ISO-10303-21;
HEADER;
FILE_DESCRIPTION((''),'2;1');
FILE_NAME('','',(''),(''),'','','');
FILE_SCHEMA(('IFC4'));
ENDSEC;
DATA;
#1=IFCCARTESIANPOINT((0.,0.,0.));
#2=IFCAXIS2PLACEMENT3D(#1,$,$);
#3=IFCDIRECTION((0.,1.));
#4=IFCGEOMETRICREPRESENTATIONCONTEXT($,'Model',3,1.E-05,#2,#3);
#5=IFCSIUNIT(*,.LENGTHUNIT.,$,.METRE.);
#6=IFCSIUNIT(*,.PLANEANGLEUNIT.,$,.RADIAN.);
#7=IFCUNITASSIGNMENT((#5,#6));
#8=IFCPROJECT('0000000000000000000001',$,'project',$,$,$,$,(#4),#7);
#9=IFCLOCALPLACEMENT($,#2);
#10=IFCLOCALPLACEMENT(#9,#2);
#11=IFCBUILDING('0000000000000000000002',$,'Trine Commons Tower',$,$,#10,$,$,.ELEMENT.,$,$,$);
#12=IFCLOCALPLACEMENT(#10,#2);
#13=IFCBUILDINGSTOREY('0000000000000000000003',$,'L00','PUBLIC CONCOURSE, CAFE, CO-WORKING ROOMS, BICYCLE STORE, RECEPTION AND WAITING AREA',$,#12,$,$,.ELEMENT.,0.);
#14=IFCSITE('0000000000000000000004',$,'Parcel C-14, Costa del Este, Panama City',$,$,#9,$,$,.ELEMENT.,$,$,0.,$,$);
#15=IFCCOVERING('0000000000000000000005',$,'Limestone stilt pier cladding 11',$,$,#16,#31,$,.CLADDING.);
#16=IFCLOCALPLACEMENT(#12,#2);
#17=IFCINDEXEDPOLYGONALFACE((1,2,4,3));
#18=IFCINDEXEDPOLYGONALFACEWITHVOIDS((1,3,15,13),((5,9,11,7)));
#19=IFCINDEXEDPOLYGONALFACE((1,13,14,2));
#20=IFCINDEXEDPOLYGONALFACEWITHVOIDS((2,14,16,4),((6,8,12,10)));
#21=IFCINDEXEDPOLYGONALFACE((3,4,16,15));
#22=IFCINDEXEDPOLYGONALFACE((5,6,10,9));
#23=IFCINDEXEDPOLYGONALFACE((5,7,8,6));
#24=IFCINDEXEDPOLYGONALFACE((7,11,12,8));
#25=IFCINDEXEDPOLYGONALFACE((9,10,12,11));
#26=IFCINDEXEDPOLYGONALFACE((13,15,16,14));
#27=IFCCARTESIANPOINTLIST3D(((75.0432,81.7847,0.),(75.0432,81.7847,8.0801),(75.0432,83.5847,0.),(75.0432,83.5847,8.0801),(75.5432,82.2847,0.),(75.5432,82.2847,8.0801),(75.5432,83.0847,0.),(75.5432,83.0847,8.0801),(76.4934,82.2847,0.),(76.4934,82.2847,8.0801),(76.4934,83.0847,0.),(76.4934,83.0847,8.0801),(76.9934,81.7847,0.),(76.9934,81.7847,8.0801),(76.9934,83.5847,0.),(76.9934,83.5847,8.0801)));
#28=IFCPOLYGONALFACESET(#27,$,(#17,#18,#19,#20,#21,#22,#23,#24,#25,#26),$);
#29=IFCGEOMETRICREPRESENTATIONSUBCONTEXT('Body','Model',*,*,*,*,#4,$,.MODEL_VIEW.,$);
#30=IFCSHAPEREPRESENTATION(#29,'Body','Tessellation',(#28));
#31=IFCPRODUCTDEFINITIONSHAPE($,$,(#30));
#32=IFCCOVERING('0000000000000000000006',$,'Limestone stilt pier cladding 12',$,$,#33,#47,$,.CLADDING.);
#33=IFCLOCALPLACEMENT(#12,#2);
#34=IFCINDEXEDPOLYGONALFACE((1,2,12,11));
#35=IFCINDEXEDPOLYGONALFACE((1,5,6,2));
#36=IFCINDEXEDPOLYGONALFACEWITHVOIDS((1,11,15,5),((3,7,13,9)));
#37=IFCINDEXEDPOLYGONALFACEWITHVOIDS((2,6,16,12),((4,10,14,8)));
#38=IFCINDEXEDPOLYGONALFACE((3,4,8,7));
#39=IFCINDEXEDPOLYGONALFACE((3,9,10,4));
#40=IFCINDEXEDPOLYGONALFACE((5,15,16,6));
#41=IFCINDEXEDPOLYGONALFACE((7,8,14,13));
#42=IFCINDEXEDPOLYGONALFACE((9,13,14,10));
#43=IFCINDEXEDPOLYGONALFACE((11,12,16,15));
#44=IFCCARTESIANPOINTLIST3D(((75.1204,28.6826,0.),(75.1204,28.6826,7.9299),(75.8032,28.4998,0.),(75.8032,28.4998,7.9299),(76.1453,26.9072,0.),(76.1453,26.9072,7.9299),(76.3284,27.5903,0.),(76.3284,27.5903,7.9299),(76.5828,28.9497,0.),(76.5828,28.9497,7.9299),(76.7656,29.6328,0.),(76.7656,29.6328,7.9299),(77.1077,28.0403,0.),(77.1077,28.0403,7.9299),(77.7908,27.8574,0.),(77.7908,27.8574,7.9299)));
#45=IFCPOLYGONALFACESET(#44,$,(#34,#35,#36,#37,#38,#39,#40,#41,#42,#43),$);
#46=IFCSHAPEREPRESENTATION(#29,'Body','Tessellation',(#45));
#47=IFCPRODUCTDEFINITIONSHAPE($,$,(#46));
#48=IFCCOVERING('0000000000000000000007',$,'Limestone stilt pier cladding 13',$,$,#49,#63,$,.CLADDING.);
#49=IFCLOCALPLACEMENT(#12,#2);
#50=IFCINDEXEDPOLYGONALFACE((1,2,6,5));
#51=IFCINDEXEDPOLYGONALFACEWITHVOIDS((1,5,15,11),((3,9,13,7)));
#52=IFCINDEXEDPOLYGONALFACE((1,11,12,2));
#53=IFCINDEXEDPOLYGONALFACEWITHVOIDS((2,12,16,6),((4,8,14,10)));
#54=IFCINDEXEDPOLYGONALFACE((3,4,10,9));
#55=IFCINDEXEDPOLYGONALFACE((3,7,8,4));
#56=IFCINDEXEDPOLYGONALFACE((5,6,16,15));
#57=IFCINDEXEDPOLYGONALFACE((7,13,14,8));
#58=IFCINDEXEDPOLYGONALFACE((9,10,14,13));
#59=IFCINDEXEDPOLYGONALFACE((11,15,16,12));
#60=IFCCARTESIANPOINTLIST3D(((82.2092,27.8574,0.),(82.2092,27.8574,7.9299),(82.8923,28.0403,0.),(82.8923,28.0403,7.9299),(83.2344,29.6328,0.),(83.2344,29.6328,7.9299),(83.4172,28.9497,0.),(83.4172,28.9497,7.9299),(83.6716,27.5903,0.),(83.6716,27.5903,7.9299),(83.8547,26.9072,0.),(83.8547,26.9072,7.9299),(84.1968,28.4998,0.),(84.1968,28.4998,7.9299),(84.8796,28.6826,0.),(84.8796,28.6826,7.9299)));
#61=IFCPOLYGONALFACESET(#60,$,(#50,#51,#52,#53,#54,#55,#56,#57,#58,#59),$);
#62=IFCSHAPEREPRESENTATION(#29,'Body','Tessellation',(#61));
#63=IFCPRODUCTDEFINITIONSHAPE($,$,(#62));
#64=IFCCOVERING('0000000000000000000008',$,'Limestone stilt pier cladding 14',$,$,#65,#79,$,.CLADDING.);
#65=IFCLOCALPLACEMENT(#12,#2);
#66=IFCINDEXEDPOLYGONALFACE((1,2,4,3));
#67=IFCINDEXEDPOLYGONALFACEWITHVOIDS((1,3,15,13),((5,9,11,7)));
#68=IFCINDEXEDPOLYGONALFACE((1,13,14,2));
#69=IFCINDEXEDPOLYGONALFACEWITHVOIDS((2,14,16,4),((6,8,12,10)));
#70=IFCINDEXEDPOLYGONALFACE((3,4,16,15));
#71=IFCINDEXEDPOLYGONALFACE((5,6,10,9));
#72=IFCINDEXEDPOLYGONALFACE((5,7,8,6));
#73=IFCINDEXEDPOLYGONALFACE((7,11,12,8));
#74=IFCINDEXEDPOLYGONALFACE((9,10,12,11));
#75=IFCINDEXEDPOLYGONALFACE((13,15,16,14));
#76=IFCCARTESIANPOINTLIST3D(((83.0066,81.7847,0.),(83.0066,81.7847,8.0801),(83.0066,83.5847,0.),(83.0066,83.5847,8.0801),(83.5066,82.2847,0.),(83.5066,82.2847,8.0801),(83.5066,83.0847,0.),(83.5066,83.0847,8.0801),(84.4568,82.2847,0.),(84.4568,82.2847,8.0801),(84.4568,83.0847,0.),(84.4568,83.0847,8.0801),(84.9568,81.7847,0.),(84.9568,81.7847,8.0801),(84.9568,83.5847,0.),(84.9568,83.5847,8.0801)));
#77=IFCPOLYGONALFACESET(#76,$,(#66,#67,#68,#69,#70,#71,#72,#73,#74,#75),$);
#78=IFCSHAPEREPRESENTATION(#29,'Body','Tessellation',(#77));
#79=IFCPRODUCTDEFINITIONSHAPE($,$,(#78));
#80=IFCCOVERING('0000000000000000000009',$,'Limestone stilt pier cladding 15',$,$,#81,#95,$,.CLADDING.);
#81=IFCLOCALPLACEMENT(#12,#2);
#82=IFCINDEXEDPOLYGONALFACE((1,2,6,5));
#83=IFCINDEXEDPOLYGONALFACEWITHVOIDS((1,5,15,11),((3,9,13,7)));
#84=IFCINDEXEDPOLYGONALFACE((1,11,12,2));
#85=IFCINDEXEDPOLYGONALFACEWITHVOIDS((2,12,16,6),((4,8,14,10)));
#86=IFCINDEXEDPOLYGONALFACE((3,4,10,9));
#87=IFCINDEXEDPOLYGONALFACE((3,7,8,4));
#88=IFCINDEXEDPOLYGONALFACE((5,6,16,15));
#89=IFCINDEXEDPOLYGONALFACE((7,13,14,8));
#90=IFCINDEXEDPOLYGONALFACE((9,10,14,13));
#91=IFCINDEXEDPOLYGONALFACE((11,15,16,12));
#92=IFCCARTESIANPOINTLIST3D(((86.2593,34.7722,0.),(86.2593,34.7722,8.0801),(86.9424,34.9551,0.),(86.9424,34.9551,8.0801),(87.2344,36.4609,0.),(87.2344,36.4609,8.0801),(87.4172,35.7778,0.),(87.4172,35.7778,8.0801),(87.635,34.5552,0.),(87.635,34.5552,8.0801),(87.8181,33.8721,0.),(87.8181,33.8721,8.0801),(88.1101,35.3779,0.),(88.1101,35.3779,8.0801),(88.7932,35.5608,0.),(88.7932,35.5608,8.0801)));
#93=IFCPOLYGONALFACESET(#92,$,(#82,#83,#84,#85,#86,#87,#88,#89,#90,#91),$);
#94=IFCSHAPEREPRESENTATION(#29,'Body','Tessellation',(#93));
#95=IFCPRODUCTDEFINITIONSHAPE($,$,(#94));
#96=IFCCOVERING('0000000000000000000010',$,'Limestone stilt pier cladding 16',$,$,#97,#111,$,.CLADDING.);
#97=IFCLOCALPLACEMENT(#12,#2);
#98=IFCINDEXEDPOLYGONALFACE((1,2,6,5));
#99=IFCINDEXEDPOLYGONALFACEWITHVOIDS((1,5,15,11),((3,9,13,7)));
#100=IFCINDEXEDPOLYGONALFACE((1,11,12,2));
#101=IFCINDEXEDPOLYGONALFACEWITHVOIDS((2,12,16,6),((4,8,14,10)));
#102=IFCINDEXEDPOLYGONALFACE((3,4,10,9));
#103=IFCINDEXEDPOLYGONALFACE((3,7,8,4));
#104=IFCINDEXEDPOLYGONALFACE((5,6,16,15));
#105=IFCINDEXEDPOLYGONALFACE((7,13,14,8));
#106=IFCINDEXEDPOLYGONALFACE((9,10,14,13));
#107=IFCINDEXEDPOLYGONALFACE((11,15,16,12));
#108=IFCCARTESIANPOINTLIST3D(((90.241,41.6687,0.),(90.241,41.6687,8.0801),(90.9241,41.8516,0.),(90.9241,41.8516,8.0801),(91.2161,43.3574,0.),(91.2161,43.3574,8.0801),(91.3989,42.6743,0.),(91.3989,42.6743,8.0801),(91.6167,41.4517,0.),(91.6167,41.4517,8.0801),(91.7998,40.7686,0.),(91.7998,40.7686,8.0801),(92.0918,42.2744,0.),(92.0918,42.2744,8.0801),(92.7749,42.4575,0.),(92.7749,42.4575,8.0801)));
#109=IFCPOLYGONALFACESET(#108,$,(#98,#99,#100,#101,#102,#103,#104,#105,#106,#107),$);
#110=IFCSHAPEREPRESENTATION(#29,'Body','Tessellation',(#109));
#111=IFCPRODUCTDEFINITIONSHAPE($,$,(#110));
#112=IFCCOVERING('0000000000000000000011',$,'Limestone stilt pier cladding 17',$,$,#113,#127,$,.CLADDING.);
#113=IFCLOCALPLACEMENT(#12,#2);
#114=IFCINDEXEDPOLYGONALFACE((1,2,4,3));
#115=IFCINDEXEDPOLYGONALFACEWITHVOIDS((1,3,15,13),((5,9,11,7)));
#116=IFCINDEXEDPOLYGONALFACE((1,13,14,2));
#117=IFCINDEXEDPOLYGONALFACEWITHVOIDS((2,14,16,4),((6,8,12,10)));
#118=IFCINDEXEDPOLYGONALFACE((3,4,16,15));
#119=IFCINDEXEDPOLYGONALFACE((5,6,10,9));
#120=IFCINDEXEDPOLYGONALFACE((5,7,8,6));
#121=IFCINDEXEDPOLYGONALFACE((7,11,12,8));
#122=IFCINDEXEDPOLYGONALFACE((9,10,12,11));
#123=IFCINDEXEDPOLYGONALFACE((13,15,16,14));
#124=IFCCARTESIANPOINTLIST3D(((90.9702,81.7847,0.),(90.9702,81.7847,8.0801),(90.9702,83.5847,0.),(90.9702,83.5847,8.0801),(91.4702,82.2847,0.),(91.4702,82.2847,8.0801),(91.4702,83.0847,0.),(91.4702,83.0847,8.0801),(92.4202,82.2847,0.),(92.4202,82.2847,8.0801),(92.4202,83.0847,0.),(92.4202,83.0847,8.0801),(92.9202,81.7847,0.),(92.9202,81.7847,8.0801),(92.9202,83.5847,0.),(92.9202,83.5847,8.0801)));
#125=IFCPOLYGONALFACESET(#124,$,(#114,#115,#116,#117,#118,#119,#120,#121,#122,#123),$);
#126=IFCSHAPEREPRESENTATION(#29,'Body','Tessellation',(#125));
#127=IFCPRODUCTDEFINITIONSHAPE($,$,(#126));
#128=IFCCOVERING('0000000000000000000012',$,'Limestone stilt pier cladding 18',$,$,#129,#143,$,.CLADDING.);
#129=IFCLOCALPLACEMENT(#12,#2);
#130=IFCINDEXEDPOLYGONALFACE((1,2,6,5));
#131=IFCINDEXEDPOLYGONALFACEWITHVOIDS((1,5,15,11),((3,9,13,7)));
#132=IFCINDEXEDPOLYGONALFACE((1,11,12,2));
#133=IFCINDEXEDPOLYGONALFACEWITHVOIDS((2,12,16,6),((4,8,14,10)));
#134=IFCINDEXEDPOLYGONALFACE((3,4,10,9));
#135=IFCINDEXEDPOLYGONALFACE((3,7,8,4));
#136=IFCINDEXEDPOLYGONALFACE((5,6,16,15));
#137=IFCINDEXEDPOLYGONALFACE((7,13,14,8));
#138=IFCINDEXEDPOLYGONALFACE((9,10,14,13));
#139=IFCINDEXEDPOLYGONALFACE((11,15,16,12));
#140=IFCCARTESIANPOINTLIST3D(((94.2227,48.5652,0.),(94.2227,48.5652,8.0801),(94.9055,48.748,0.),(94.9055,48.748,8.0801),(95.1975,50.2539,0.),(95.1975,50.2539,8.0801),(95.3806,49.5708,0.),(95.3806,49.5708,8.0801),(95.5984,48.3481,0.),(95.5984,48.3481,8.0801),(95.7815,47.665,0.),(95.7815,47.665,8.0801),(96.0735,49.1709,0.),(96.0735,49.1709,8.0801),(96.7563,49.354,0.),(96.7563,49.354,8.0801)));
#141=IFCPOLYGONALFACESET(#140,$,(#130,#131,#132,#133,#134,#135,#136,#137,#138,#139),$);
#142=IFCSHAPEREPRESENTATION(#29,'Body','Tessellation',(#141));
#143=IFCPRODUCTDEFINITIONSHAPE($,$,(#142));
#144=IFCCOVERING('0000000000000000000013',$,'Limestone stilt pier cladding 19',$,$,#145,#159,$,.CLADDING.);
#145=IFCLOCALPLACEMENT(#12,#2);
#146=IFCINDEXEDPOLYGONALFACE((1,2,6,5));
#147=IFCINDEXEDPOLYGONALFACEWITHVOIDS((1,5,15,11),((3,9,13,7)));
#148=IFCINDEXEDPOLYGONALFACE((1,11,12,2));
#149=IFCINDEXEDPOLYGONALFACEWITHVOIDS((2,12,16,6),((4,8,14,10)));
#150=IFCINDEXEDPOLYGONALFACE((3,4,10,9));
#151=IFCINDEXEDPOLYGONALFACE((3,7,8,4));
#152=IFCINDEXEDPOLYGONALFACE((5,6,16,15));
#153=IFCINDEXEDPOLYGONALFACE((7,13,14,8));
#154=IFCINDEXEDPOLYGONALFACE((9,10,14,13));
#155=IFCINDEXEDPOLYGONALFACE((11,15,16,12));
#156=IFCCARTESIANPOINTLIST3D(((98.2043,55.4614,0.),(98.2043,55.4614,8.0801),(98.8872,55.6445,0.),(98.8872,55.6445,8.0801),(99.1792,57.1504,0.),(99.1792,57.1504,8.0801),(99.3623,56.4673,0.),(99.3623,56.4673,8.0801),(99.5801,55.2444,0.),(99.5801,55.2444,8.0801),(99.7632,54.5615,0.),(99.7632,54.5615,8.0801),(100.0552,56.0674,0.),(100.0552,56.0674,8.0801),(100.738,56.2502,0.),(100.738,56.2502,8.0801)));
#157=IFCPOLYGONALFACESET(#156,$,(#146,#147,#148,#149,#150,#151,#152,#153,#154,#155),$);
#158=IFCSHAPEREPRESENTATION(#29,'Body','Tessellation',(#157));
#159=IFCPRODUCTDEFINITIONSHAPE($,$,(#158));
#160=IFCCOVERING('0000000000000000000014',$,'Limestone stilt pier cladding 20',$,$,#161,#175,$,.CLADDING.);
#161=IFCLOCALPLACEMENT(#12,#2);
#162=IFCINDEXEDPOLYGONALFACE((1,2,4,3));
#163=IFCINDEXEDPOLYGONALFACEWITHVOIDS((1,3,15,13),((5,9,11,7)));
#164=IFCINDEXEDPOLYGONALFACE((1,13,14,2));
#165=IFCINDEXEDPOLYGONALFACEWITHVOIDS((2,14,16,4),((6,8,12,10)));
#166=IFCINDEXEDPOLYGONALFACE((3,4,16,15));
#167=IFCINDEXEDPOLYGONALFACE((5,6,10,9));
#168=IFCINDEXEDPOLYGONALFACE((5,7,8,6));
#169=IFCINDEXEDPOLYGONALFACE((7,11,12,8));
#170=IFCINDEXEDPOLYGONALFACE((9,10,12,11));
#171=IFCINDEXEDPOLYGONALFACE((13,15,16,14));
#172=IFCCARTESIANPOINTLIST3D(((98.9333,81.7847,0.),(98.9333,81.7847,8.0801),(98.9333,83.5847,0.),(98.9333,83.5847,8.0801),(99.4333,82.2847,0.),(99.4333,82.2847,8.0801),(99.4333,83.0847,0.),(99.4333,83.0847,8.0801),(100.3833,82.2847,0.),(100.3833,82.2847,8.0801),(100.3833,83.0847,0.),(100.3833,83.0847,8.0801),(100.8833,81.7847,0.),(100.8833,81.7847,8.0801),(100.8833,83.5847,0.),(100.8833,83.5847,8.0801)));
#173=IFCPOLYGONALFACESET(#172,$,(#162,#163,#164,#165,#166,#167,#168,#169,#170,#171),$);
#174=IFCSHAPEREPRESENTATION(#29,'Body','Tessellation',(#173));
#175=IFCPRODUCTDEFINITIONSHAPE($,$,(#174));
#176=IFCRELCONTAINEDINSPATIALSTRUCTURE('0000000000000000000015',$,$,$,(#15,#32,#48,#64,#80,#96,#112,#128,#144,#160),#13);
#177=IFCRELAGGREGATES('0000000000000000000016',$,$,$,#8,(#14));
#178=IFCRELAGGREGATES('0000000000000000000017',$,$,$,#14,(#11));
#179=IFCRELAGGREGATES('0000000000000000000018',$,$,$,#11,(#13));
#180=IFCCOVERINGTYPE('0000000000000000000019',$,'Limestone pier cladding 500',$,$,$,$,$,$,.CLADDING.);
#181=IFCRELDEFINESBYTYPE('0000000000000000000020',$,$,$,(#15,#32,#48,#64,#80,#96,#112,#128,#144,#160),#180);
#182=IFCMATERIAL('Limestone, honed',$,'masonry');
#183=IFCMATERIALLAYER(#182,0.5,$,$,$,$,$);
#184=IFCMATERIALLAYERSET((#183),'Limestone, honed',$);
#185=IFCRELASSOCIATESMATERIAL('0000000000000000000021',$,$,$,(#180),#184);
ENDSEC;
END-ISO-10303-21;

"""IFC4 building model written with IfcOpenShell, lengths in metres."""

from ifc_helpers import new_model, si_unit, direction, origin, place, context, subcontext, project, spatial, polyline, outline, extrude, material, layer, layer_set, type_object, element, save


model = new_model("IFC4")

# Units and contexts
model_context = context("Model", 3, precision=1e-05, world=origin(), true_north=direction((0.0, 1.0)))
body_context = subcontext(model_context, "Body", "Model", "MODEL_VIEW")
ifc_project = project(units=[si_unit("LENGTHUNIT", "METRE"), si_unit("PLANEANGLEUNIT", "RADIAN")], contexts=[model_context])

# Site, building, storey
site_placement = place(None, origin())
site = spatial("IfcSite", under=ifc_project, at=site_placement, Name="Parcel C-14, Costa del Este, Panama City", CompositionType="ELEMENT", RefElevation=0.0)
building_placement = place(site_placement, origin())
building = spatial("IfcBuilding", under=site, at=building_placement, Name="Trine Commons Tower", CompositionType="ELEMENT")
storey_placement = place(building_placement, origin())
storey = spatial("IfcBuildingStorey", under=building, at=storey_placement, Name="L00", Description="PUBLIC CONCOURSE, CAFE, CO-WORKING ROOMS, BICYCLE STORE, RECEPTION AND WAITING AREA", CompositionType="ELEMENT", Elevation=0.0)

# Coverings
ifc_material_1 = material(Name="Limestone, honed", Category="masonry")
ifc_layer_1 = layer(ifc_material_1, 0.5)
ifc_layer_set_1 = layer_set([ifc_layer_1], Name="Limestone, honed")
covering_type = type_object("IfcCoveringType", Name="Limestone pier cladding 500", PredefinedType="CLADDING", material=ifc_layer_set_1)
covering_1_placement = place(storey_placement, origin())
element("IfcCovering", 1, at=covering_1_placement, inside=storey, type_object=covering_type, Name="Limestone stilt pier cladding 11", PredefinedType="CLADDING", context=body_context, shape_type="SweptSolid", body=[
    extrude(outline(polyline([(76.9934, 81.7847), (76.9934, 83.5847), (75.0432, 83.5847), (75.0432, 81.7847), (76.9934, 81.7847)]), holes=[polyline([(76.4934, 82.2847), (76.4934, 83.0847), (75.5432, 83.0847), (75.5432, 82.2847), (76.4934, 82.2847)])]), origin(), (0.0, 0.0, 1.0), 8.0801),
])
covering_2_placement = place(storey_placement, origin())
element("IfcCovering", 2, at=covering_2_placement, inside=storey, type_object=covering_type, Name="Limestone stilt pier cladding 12", PredefinedType="CLADDING", context=body_context, shape_type="SweptSolid", body=[
    extrude(outline(polyline([(76.7656, 29.6328), (75.1204, 28.6826), (76.1453, 26.9072), (77.7908, 27.8574), (76.7656, 29.6328)]), holes=[polyline([(76.5828, 28.9497), (75.8032, 28.4998), (76.3284, 27.5903), (77.1077, 28.0403), (76.5828, 28.9497)])]), origin(), (0.0, 0.0, 1.0), 7.9299),
])
covering_3_placement = place(storey_placement, origin())
element("IfcCovering", 3, at=covering_3_placement, inside=storey, type_object=covering_type, Name="Limestone stilt pier cladding 13", PredefinedType="CLADDING", context=body_context, shape_type="SweptSolid", body=[
    extrude(outline(polyline([(84.8796, 28.6826), (83.2344, 29.6328), (82.2092, 27.8574), (83.8547, 26.9072), (84.8796, 28.6826)]), holes=[polyline([(84.1968, 28.4998), (83.4172, 28.9497), (82.8923, 28.0403), (83.6716, 27.5903), (84.1968, 28.4998)])]), origin(), (0.0, 0.0, 1.0), 7.9299),
])
covering_4_placement = place(storey_placement, origin())
element("IfcCovering", 4, at=covering_4_placement, inside=storey, type_object=covering_type, Name="Limestone stilt pier cladding 14", PredefinedType="CLADDING", context=body_context, shape_type="SweptSolid", body=[
    extrude(outline(polyline([(84.9568, 81.7847), (84.9568, 83.5847), (83.0066, 83.5847), (83.0066, 81.7847), (84.9568, 81.7847)]), holes=[polyline([(84.4568, 82.2847), (84.4568, 83.0847), (83.5066, 83.0847), (83.5066, 82.2847), (84.4568, 82.2847)])]), origin(), (0.0, 0.0, 1.0), 8.0801),
])
covering_5_placement = place(storey_placement, origin())
element("IfcCovering", 5, at=covering_5_placement, inside=storey, type_object=covering_type, Name="Limestone stilt pier cladding 15", PredefinedType="CLADDING", context=body_context, shape_type="SweptSolid", body=[
    extrude(outline(polyline([(88.7932, 35.5608), (87.2344, 36.4609), (86.2593, 34.7722), (87.8181, 33.8721), (88.7932, 35.5608)]), holes=[polyline([(88.1101, 35.3779), (87.4172, 35.7778), (86.9424, 34.9551), (87.635, 34.5552), (88.1101, 35.3779)])]), origin(), (0.0, 0.0, 1.0), 8.0801),
])
covering_6_placement = place(storey_placement, origin())
element("IfcCovering", 6, at=covering_6_placement, inside=storey, type_object=covering_type, Name="Limestone stilt pier cladding 16", PredefinedType="CLADDING", context=body_context, shape_type="SweptSolid", body=[
    extrude(outline(polyline([(92.7749, 42.4575), (91.2161, 43.3574), (90.241, 41.6687), (91.7998, 40.7686), (92.7749, 42.4575)]), holes=[polyline([(92.0918, 42.2744), (91.3989, 42.6743), (90.9241, 41.8516), (91.6167, 41.4517), (92.0918, 42.2744)])]), origin(), (0.0, 0.0, 1.0), 8.0801),
])
covering_7_placement = place(storey_placement, origin())
element("IfcCovering", 7, at=covering_7_placement, inside=storey, type_object=covering_type, Name="Limestone stilt pier cladding 17", PredefinedType="CLADDING", context=body_context, shape_type="SweptSolid", body=[
    extrude(outline(polyline([(92.9202, 81.7847), (92.9202, 83.5847), (90.9702, 83.5847), (90.9702, 81.7847), (92.9202, 81.7847)]), holes=[polyline([(92.4202, 82.2847), (92.4202, 83.0847), (91.4702, 83.0847), (91.4702, 82.2847), (92.4202, 82.2847)])]), origin(), (0.0, 0.0, 1.0), 8.0801),
])
covering_8_placement = place(storey_placement, origin())
element("IfcCovering", 8, at=covering_8_placement, inside=storey, type_object=covering_type, Name="Limestone stilt pier cladding 18", PredefinedType="CLADDING", context=body_context, shape_type="SweptSolid", body=[
    extrude(outline(polyline([(96.7563, 49.354), (95.1975, 50.2539), (94.2227, 48.5652), (95.7815, 47.665), (96.7563, 49.354)]), holes=[polyline([(96.0735, 49.1709), (95.3806, 49.5708), (94.9055, 48.748), (95.5984, 48.3481), (96.0735, 49.1709)])]), origin(), (0.0, 0.0, 1.0), 8.0801),
])
covering_9_placement = place(storey_placement, origin())
element("IfcCovering", 9, at=covering_9_placement, inside=storey, type_object=covering_type, Name="Limestone stilt pier cladding 19", PredefinedType="CLADDING", context=body_context, shape_type="SweptSolid", body=[
    extrude(outline(polyline([(100.738, 56.2502), (99.1792, 57.1504), (98.2043, 55.4614), (99.7632, 54.5615), (100.738, 56.2502)]), holes=[polyline([(100.0552, 56.0674), (99.3623, 56.4673), (98.8872, 55.6445), (99.5801, 55.2444), (100.0552, 56.0674)])]), origin(), (0.0, 0.0, 1.0), 8.0801),
])
covering_10_placement = place(storey_placement, origin())
element("IfcCovering", 10, at=covering_10_placement, inside=storey, type_object=covering_type, Name="Limestone stilt pier cladding 20", PredefinedType="CLADDING", context=body_context, shape_type="SweptSolid", body=[
    extrude(outline(polyline([(100.8833, 81.7847), (100.8833, 83.5847), (98.9333, 83.5847), (98.9333, 81.7847), (100.8833, 81.7847)]), holes=[polyline([(100.3833, 82.2847), (100.3833, 83.0847), (99.4333, 83.0847), (99.4333, 82.2847), (100.3833, 82.2847)])]), origin(), (0.0, 0.0, 1.0), 8.0801),
])

save(model, "model.ifc")
